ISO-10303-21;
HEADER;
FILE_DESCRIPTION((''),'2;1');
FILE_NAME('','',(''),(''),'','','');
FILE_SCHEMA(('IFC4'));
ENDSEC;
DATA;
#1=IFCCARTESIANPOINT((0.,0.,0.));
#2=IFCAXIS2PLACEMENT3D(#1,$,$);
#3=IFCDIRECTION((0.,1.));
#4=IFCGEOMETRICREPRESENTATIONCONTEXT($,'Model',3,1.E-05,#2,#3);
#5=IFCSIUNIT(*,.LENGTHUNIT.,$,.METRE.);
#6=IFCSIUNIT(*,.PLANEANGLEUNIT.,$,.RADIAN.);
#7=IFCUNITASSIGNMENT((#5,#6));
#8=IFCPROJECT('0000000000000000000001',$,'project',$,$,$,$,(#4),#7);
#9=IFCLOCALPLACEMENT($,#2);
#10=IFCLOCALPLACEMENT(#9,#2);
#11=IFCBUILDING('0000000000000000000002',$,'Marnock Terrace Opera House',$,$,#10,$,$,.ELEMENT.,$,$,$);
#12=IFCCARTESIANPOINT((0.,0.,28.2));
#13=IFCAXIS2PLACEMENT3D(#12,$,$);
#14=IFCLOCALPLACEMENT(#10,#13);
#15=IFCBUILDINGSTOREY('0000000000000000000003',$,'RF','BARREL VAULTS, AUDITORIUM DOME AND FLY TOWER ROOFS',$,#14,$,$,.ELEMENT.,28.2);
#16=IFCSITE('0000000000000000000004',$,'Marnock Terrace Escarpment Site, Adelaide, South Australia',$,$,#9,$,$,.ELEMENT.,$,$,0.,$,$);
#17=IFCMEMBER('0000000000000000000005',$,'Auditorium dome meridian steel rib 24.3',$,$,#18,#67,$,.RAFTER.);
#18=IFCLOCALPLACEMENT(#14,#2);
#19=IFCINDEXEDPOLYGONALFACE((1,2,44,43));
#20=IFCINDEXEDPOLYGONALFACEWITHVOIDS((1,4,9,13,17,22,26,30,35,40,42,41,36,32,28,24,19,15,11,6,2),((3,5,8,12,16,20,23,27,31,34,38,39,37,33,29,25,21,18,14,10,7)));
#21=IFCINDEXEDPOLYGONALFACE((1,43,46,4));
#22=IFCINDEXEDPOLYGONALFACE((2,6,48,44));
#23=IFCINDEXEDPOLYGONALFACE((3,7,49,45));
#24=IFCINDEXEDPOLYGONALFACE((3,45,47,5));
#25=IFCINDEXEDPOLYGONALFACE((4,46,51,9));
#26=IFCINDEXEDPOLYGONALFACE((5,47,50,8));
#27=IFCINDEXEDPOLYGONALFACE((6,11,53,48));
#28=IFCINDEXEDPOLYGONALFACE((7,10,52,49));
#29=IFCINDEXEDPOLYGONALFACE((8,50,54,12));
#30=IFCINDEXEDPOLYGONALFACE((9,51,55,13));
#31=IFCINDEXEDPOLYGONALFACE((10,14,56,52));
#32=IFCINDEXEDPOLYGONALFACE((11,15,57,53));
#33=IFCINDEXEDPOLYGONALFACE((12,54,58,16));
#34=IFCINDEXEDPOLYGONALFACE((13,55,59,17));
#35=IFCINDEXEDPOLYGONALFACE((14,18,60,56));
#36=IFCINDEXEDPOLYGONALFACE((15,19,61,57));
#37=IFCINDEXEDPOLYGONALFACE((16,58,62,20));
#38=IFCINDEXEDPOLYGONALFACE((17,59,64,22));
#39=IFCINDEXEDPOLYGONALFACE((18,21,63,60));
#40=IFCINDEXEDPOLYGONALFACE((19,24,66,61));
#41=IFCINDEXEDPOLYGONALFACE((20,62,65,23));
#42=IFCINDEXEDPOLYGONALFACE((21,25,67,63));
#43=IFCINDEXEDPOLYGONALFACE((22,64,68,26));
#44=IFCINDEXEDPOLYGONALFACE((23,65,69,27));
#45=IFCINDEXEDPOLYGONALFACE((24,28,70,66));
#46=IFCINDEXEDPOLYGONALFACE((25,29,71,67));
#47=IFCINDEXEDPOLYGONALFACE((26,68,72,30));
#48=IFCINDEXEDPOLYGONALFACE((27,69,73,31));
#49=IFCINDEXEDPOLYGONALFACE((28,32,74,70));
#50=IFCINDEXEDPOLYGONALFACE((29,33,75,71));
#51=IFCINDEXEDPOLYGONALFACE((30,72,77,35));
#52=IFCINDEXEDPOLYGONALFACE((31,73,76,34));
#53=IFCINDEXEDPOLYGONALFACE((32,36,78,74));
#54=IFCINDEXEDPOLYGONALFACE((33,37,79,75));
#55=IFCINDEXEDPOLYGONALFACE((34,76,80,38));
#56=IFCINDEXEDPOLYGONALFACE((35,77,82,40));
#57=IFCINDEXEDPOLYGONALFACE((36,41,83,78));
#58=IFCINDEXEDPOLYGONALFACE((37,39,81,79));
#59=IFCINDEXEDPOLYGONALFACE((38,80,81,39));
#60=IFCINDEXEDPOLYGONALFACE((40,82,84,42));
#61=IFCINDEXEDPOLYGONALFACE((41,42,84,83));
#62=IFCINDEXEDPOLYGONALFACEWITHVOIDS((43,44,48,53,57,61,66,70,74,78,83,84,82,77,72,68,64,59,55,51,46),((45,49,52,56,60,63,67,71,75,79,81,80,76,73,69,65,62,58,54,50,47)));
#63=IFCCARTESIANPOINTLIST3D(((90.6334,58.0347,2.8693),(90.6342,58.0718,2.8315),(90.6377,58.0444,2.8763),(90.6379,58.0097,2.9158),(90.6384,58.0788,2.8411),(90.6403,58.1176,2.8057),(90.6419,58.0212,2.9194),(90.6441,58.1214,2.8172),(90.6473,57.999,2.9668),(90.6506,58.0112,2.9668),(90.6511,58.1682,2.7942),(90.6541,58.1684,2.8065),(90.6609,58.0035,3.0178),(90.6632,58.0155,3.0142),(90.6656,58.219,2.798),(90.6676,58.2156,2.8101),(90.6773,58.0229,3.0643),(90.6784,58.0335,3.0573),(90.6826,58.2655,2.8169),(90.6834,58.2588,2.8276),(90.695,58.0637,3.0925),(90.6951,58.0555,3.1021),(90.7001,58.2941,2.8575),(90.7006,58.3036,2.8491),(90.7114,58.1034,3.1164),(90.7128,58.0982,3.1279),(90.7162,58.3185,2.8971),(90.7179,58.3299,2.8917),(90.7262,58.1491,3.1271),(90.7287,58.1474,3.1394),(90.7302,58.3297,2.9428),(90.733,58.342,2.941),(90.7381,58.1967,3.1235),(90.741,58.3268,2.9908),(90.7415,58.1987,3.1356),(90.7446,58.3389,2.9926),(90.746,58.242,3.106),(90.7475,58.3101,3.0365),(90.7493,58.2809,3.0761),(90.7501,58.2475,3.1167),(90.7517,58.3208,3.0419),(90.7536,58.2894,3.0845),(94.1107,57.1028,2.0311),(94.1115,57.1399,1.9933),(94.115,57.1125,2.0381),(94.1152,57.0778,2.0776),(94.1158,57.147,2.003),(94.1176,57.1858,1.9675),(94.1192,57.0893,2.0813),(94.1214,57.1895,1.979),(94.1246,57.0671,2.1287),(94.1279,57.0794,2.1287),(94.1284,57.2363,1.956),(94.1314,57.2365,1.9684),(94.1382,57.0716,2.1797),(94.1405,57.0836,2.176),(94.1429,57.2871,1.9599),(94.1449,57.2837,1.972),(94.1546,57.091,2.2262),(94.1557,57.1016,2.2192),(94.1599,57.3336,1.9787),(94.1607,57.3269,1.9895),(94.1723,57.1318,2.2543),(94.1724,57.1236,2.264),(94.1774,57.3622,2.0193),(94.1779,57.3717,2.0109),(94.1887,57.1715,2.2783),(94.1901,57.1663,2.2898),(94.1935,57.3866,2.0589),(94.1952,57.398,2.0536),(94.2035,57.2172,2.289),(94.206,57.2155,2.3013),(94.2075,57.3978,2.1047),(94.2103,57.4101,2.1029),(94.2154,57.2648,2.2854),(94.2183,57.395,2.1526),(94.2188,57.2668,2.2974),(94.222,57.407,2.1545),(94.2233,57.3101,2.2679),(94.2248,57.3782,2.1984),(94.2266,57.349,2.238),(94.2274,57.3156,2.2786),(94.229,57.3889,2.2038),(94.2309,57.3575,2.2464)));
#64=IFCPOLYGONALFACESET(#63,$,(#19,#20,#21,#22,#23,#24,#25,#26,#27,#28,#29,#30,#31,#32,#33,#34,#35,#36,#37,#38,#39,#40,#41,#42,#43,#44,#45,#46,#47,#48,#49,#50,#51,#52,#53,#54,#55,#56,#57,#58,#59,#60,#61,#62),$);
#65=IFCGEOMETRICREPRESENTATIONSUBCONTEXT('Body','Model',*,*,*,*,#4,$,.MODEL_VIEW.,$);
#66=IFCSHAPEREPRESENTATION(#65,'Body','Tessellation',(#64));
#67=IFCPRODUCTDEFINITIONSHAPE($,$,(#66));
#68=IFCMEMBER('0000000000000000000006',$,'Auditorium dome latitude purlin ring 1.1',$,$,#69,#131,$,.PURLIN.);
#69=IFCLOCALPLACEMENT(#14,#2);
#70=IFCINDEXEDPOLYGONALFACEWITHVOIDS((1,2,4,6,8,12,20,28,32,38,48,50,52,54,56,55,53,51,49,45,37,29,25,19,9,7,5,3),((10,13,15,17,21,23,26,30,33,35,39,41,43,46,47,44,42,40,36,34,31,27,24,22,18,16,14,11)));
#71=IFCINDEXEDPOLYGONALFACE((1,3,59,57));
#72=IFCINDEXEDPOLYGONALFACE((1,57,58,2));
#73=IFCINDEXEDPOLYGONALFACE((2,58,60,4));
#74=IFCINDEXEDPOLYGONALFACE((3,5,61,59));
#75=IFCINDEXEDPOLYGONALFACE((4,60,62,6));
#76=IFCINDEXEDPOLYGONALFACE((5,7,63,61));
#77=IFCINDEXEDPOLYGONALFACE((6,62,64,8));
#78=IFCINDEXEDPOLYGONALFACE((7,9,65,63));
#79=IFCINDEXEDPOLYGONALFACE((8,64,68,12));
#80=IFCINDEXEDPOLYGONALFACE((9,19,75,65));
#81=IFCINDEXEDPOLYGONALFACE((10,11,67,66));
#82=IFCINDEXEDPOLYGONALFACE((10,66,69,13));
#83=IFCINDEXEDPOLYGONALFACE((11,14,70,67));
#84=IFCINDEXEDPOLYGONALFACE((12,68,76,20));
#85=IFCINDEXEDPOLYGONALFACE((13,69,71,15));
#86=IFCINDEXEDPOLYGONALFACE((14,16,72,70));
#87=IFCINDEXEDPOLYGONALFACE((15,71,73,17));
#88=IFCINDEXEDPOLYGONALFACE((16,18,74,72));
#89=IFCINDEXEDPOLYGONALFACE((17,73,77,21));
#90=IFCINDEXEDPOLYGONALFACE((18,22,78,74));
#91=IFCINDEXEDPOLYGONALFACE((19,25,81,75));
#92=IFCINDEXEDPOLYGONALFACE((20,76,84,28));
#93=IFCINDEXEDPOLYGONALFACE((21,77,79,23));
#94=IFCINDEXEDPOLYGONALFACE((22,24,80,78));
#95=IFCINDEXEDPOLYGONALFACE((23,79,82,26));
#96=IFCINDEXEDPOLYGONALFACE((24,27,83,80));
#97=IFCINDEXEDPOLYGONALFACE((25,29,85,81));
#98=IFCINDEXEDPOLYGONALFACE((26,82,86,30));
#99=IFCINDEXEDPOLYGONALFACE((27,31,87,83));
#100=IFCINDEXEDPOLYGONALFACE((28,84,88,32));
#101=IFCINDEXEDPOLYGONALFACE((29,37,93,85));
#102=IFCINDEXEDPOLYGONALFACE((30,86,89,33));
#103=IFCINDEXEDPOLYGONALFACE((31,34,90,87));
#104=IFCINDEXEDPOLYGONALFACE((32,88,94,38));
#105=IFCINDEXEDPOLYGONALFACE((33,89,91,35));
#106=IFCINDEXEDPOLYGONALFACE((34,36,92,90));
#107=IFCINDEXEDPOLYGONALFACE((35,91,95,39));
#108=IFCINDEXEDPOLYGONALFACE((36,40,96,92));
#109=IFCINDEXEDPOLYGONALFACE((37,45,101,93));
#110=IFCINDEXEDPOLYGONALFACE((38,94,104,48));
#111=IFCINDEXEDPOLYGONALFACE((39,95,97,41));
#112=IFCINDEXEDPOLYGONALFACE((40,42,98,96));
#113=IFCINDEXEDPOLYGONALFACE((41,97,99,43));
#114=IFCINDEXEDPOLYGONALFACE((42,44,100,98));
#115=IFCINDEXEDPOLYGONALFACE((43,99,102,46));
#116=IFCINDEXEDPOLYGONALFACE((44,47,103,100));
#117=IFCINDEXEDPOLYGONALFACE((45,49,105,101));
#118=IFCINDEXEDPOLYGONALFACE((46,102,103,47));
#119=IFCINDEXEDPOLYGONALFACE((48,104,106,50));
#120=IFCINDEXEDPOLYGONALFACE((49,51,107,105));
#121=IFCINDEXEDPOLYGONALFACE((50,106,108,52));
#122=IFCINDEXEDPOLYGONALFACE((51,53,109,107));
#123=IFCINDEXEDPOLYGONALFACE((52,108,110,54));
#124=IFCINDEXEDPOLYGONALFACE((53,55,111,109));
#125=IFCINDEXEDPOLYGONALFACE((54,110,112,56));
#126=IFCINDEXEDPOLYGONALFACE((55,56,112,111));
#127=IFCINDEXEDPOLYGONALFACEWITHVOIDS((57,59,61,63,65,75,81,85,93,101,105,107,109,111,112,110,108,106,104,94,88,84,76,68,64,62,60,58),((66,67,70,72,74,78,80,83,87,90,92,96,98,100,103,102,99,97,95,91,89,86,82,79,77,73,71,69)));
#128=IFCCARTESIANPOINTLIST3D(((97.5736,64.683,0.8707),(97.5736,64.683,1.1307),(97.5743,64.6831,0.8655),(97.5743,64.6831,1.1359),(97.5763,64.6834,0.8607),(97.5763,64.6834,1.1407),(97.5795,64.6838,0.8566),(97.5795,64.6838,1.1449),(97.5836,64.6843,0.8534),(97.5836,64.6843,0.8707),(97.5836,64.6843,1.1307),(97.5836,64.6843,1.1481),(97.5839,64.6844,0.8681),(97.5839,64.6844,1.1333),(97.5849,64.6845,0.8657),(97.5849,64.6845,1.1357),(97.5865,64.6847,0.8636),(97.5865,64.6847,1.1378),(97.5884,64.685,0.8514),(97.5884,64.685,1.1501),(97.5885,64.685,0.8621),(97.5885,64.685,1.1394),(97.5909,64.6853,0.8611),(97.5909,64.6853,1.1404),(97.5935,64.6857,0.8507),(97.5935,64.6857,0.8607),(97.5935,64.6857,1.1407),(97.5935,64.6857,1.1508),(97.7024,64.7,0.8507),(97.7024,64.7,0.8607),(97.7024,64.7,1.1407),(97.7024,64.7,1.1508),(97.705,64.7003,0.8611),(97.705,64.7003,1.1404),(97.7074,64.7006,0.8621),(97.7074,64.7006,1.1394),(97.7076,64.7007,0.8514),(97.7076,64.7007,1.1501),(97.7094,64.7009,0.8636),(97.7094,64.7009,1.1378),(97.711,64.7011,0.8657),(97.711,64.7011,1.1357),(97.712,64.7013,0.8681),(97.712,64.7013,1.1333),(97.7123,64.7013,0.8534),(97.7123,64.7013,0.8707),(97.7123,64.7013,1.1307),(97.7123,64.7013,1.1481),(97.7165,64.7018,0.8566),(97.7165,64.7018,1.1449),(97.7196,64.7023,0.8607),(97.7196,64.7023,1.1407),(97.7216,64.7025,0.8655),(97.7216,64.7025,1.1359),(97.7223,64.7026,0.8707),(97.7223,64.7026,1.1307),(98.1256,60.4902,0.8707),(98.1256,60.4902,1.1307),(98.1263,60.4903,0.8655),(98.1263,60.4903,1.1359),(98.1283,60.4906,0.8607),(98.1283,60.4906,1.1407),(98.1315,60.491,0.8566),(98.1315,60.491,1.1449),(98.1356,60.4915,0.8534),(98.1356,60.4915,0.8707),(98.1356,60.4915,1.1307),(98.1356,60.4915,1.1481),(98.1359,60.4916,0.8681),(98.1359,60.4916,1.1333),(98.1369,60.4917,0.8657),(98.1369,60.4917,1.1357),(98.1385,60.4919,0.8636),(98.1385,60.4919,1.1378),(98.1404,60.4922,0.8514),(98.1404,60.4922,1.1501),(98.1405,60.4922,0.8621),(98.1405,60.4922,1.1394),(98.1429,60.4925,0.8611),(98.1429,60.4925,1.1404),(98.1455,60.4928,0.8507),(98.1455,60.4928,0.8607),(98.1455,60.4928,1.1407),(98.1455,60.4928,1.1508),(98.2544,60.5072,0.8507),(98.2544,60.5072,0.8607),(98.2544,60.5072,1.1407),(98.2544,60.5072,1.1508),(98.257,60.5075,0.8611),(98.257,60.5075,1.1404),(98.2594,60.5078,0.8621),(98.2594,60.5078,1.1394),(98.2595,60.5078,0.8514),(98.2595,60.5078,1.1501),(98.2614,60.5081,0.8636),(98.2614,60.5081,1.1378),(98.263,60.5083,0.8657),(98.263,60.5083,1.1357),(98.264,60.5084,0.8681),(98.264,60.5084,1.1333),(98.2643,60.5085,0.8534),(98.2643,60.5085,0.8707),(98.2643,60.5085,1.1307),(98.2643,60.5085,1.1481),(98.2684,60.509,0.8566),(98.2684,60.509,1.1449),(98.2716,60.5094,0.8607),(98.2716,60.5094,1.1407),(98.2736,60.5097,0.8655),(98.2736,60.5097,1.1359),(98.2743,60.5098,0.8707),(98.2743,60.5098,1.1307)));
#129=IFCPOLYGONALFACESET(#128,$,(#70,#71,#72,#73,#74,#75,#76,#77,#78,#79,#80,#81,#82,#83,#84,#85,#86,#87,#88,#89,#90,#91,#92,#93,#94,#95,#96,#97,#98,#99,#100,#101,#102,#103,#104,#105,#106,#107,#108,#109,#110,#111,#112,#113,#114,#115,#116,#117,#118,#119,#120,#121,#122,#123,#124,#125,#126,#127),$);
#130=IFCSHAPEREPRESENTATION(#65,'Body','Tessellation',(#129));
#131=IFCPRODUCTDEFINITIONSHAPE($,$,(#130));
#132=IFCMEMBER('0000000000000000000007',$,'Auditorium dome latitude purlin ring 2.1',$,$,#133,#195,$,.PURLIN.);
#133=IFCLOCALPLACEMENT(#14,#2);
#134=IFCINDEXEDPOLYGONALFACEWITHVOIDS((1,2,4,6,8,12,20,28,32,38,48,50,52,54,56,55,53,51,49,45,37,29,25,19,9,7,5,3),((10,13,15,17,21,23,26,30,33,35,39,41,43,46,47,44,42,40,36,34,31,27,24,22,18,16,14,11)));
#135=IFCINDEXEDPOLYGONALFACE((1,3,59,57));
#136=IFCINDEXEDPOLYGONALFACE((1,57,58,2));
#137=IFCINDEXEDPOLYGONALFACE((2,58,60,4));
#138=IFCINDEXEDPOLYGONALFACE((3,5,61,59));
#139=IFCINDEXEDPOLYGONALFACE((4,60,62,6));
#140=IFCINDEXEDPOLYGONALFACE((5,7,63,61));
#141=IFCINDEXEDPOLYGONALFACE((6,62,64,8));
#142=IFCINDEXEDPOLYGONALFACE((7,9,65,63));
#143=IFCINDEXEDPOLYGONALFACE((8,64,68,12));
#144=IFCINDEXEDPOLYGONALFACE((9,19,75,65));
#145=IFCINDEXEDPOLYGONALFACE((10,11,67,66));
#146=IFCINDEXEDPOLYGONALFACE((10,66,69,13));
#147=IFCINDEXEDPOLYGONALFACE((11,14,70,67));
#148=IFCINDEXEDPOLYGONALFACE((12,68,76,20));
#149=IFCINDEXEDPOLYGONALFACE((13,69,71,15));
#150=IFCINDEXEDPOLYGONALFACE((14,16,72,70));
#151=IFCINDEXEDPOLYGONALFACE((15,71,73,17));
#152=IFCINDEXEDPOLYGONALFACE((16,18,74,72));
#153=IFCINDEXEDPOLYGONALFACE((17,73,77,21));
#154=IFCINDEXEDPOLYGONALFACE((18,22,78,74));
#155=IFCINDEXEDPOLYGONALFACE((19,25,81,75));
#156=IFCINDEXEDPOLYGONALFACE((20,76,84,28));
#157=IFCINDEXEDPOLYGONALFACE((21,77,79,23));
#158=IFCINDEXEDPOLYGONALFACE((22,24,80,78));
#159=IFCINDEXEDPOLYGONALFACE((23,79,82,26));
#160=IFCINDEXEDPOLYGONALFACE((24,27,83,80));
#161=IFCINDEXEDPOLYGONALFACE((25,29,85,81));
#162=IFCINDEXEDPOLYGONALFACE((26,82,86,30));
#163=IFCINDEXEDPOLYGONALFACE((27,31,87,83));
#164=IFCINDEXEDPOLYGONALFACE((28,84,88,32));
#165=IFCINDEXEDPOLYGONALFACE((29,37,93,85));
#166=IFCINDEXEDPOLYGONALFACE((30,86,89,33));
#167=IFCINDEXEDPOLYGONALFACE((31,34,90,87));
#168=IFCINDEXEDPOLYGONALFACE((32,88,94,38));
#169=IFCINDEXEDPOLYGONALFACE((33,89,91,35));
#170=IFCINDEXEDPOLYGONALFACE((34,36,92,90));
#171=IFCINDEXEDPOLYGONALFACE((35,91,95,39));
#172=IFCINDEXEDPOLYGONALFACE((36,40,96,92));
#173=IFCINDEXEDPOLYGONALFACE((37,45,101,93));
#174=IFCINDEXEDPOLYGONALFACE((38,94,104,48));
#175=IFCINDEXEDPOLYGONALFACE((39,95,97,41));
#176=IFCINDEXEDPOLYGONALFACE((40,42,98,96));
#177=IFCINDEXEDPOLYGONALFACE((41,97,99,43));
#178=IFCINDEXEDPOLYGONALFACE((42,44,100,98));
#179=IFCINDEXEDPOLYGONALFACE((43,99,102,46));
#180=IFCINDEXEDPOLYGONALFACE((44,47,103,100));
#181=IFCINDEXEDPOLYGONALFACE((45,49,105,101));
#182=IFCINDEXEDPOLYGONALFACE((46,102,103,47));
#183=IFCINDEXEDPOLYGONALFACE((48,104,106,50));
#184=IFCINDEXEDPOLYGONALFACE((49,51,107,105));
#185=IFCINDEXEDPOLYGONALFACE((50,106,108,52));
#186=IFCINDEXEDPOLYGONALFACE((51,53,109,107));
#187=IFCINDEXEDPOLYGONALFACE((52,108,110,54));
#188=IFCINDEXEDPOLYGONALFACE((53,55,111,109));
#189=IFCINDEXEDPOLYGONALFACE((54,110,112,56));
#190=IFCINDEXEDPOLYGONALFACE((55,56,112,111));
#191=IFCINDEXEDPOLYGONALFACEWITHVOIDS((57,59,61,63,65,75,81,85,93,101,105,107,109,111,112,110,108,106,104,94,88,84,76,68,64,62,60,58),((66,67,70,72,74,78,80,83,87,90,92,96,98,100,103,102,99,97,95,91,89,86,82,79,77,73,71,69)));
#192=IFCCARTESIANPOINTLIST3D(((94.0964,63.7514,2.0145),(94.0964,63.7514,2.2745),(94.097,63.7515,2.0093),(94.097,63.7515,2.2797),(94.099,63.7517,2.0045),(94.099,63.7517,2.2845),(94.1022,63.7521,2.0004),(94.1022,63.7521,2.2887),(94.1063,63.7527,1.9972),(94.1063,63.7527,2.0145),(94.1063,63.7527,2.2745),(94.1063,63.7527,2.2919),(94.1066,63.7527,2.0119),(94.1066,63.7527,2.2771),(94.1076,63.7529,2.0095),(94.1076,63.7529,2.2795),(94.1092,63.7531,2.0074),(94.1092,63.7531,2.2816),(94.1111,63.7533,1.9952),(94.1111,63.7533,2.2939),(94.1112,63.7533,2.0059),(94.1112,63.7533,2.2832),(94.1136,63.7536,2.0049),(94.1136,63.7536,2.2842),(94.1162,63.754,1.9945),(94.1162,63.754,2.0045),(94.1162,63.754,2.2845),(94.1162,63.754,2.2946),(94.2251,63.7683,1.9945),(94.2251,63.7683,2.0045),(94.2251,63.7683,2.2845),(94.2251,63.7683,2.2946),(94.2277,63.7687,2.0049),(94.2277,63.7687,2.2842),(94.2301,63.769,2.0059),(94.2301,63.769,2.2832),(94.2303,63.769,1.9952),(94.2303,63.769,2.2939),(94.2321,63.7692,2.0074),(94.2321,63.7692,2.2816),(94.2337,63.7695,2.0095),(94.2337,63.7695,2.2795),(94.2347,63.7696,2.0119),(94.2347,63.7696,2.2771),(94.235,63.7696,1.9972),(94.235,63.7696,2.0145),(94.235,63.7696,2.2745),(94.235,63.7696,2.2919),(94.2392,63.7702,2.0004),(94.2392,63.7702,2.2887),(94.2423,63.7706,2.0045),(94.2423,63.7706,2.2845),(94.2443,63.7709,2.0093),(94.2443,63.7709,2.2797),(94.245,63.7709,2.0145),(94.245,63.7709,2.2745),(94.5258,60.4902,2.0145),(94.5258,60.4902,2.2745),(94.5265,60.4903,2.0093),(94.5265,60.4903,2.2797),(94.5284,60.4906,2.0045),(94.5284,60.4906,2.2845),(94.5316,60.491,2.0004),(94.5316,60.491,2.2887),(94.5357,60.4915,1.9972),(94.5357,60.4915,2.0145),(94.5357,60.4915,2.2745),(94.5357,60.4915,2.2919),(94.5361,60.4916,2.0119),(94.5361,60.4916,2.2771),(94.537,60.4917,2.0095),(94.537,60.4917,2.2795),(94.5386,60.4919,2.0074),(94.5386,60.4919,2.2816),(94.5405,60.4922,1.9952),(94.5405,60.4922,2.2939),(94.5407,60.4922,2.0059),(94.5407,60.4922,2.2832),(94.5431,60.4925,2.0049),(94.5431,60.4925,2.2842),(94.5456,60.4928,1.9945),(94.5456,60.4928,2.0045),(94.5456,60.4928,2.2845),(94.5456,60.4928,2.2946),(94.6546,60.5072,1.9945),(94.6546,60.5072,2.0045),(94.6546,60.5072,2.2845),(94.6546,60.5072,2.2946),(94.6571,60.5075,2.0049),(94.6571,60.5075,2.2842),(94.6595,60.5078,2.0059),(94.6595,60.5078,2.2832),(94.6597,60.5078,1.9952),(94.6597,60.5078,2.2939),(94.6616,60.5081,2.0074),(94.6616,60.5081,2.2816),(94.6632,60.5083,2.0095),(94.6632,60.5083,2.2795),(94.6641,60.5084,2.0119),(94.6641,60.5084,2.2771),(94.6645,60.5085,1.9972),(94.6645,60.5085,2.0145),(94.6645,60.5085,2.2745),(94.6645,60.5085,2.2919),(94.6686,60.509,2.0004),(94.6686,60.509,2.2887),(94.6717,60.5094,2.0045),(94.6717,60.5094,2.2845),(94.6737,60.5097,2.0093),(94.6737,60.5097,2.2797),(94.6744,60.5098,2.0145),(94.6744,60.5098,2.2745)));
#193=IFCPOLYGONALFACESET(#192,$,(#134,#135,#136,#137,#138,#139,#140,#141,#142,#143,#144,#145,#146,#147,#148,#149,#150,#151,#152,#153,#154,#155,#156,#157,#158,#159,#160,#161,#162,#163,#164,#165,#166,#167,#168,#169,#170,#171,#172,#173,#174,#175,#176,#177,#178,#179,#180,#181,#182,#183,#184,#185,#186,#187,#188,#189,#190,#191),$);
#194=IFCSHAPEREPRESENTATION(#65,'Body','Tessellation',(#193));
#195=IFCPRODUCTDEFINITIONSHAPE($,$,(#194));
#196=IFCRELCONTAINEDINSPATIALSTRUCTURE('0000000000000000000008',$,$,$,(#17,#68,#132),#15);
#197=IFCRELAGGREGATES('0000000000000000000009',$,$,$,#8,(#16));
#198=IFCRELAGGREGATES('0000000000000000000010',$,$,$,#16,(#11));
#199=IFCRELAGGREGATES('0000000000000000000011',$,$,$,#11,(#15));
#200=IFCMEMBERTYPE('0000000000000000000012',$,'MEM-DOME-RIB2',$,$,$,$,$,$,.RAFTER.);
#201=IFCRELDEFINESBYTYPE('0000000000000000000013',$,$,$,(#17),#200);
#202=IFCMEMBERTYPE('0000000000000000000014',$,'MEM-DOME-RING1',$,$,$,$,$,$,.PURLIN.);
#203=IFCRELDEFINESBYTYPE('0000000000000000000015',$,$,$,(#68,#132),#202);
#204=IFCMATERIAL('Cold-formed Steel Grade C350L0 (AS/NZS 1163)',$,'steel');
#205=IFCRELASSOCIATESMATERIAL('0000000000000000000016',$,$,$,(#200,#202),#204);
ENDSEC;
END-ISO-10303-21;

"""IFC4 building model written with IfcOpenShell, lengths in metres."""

from ifc_helpers import new_model, si_unit, direction, frame, origin, origin_2d, place, context, subcontext, project, spatial, hollow_rectangle, hollow_circle, extrude, material, material_profile, profile_set, type_object, element, save


model = new_model("IFC4")

# Units and contexts
model_context = context("Model", 3, precision=1e-05, world=origin(), true_north=direction((0.0, 1.0)))
body_context = subcontext(model_context, "Body", "Model", "MODEL_VIEW")
ifc_project = project(units=[si_unit("LENGTHUNIT", "METRE"), si_unit("PLANEANGLEUNIT", "RADIAN")], contexts=[model_context])

# Site, building, storey
site_placement = place(None, origin())
site = spatial("IfcSite", under=ifc_project, at=site_placement, Name="Marnock Terrace Escarpment Site, Adelaide, South Australia", CompositionType="ELEMENT", RefElevation=0.0)
building_placement = place(site_placement, origin())
building = spatial("IfcBuilding", under=site, at=building_placement, Name="Marnock Terrace Opera House", CompositionType="ELEMENT")
storey_placement = place(building_placement, frame((0.0, 0.0, 28.2)))
storey = spatial("IfcBuildingStorey", under=building, at=storey_placement, Name="RF", Description="BARREL VAULTS, AUDITORIUM DOME AND FLY TOWER ROOFS", CompositionType="ELEMENT", Elevation=28.2)

# Members
ifc_material_1 = material(Name="Cold-formed Steel Grade C350L0 (AS/NZS 1163)", Category="steel")
ifc_material_profile_1 = material_profile(ifc_material_1, hollow_circle(Radius=0.1777, WallThickness=0.0127, at=origin_2d()))
ifc_profile_set_1 = profile_set([ifc_material_profile_1], Name="Cold-formed Steel Grade C350L0 (AS/NZS 1163)")
member_type_1 = type_object("IfcMemberType", Name="MEM-DOME-RIB2", PredefinedType="RAFTER", material=ifc_profile_set_1)
member_1_placement = place(storey_placement, frame((94.1707, 57.2388, 2.1287), z_axis=(-0.940756, 0.252114, 0.226751), x_axis=(-0.258857, -0.965916, 0.0)))
element("IfcMember", 1, at=member_1_placement, inside=storey, type_object=member_type_1, Name="Auditorium dome meridian steel rib 24.3", PredefinedType="RAFTER", context=body_context, shape_type="SweptSolid", body=[
    extrude(hollow_circle(Radius=0.1777, WallThickness=0.0127, at=origin_2d()), origin(), (0.0, 0.0, 1.0), 3.6963),
])
ifc_material_profile_2 = material_profile(ifc_material_1, hollow_rectangle(XDim=0.1499, YDim=0.3, WallThickness=0.01, InnerFilletRadius=0.01, OuterFilletRadius=0.02, at=origin_2d()))
ifc_profile_set_2 = profile_set([ifc_material_profile_2], Name="Cold-formed Steel Grade C350L0 (AS/NZS 1163)")
member_type_2 = type_object("IfcMemberType", Name="MEM-DOME-RING1", PredefinedType="PURLIN", material=ifc_profile_set_2)
member_2_placement = place(storey_placement, frame((98.2, 60.5, 1.0007), z_axis=(-0.130526, 0.991445, 0.0), x_axis=(-0.991445, -0.130526, 0.0)))
element("IfcMember", 2, at=member_2_placement, inside=storey, type_object=member_type_2, Name="Auditorium dome latitude purlin ring 1.1", PredefinedType="PURLIN", context=body_context, shape_type="SweptSolid", body=[
    extrude(hollow_rectangle(XDim=0.1499, YDim=0.3, WallThickness=0.01, InnerFilletRadius=0.01, OuterFilletRadius=0.02, at=origin_2d()), origin(), (0.0, 0.0, 1.0), 4.229),
])
member_3_placement = place(storey_placement, frame((94.6001, 60.5, 2.1445), z_axis=(-0.130554, 0.991441, 0.0), x_axis=(-0.991441, -0.130554, 0.0)))
element("IfcMember", 3, at=member_3_placement, inside=storey, type_object=member_type_2, Name="Auditorium dome latitude purlin ring 2.1", PredefinedType="PURLIN", context=body_context, shape_type="SweptSolid", body=[
    extrude(hollow_rectangle(XDim=0.1499, YDim=0.3, WallThickness=0.01, InnerFilletRadius=0.01, OuterFilletRadius=0.02, at=origin_2d()), origin(), (0.0, 0.0, 1.0), 3.2893),
])

save(model, "model.ifc")
